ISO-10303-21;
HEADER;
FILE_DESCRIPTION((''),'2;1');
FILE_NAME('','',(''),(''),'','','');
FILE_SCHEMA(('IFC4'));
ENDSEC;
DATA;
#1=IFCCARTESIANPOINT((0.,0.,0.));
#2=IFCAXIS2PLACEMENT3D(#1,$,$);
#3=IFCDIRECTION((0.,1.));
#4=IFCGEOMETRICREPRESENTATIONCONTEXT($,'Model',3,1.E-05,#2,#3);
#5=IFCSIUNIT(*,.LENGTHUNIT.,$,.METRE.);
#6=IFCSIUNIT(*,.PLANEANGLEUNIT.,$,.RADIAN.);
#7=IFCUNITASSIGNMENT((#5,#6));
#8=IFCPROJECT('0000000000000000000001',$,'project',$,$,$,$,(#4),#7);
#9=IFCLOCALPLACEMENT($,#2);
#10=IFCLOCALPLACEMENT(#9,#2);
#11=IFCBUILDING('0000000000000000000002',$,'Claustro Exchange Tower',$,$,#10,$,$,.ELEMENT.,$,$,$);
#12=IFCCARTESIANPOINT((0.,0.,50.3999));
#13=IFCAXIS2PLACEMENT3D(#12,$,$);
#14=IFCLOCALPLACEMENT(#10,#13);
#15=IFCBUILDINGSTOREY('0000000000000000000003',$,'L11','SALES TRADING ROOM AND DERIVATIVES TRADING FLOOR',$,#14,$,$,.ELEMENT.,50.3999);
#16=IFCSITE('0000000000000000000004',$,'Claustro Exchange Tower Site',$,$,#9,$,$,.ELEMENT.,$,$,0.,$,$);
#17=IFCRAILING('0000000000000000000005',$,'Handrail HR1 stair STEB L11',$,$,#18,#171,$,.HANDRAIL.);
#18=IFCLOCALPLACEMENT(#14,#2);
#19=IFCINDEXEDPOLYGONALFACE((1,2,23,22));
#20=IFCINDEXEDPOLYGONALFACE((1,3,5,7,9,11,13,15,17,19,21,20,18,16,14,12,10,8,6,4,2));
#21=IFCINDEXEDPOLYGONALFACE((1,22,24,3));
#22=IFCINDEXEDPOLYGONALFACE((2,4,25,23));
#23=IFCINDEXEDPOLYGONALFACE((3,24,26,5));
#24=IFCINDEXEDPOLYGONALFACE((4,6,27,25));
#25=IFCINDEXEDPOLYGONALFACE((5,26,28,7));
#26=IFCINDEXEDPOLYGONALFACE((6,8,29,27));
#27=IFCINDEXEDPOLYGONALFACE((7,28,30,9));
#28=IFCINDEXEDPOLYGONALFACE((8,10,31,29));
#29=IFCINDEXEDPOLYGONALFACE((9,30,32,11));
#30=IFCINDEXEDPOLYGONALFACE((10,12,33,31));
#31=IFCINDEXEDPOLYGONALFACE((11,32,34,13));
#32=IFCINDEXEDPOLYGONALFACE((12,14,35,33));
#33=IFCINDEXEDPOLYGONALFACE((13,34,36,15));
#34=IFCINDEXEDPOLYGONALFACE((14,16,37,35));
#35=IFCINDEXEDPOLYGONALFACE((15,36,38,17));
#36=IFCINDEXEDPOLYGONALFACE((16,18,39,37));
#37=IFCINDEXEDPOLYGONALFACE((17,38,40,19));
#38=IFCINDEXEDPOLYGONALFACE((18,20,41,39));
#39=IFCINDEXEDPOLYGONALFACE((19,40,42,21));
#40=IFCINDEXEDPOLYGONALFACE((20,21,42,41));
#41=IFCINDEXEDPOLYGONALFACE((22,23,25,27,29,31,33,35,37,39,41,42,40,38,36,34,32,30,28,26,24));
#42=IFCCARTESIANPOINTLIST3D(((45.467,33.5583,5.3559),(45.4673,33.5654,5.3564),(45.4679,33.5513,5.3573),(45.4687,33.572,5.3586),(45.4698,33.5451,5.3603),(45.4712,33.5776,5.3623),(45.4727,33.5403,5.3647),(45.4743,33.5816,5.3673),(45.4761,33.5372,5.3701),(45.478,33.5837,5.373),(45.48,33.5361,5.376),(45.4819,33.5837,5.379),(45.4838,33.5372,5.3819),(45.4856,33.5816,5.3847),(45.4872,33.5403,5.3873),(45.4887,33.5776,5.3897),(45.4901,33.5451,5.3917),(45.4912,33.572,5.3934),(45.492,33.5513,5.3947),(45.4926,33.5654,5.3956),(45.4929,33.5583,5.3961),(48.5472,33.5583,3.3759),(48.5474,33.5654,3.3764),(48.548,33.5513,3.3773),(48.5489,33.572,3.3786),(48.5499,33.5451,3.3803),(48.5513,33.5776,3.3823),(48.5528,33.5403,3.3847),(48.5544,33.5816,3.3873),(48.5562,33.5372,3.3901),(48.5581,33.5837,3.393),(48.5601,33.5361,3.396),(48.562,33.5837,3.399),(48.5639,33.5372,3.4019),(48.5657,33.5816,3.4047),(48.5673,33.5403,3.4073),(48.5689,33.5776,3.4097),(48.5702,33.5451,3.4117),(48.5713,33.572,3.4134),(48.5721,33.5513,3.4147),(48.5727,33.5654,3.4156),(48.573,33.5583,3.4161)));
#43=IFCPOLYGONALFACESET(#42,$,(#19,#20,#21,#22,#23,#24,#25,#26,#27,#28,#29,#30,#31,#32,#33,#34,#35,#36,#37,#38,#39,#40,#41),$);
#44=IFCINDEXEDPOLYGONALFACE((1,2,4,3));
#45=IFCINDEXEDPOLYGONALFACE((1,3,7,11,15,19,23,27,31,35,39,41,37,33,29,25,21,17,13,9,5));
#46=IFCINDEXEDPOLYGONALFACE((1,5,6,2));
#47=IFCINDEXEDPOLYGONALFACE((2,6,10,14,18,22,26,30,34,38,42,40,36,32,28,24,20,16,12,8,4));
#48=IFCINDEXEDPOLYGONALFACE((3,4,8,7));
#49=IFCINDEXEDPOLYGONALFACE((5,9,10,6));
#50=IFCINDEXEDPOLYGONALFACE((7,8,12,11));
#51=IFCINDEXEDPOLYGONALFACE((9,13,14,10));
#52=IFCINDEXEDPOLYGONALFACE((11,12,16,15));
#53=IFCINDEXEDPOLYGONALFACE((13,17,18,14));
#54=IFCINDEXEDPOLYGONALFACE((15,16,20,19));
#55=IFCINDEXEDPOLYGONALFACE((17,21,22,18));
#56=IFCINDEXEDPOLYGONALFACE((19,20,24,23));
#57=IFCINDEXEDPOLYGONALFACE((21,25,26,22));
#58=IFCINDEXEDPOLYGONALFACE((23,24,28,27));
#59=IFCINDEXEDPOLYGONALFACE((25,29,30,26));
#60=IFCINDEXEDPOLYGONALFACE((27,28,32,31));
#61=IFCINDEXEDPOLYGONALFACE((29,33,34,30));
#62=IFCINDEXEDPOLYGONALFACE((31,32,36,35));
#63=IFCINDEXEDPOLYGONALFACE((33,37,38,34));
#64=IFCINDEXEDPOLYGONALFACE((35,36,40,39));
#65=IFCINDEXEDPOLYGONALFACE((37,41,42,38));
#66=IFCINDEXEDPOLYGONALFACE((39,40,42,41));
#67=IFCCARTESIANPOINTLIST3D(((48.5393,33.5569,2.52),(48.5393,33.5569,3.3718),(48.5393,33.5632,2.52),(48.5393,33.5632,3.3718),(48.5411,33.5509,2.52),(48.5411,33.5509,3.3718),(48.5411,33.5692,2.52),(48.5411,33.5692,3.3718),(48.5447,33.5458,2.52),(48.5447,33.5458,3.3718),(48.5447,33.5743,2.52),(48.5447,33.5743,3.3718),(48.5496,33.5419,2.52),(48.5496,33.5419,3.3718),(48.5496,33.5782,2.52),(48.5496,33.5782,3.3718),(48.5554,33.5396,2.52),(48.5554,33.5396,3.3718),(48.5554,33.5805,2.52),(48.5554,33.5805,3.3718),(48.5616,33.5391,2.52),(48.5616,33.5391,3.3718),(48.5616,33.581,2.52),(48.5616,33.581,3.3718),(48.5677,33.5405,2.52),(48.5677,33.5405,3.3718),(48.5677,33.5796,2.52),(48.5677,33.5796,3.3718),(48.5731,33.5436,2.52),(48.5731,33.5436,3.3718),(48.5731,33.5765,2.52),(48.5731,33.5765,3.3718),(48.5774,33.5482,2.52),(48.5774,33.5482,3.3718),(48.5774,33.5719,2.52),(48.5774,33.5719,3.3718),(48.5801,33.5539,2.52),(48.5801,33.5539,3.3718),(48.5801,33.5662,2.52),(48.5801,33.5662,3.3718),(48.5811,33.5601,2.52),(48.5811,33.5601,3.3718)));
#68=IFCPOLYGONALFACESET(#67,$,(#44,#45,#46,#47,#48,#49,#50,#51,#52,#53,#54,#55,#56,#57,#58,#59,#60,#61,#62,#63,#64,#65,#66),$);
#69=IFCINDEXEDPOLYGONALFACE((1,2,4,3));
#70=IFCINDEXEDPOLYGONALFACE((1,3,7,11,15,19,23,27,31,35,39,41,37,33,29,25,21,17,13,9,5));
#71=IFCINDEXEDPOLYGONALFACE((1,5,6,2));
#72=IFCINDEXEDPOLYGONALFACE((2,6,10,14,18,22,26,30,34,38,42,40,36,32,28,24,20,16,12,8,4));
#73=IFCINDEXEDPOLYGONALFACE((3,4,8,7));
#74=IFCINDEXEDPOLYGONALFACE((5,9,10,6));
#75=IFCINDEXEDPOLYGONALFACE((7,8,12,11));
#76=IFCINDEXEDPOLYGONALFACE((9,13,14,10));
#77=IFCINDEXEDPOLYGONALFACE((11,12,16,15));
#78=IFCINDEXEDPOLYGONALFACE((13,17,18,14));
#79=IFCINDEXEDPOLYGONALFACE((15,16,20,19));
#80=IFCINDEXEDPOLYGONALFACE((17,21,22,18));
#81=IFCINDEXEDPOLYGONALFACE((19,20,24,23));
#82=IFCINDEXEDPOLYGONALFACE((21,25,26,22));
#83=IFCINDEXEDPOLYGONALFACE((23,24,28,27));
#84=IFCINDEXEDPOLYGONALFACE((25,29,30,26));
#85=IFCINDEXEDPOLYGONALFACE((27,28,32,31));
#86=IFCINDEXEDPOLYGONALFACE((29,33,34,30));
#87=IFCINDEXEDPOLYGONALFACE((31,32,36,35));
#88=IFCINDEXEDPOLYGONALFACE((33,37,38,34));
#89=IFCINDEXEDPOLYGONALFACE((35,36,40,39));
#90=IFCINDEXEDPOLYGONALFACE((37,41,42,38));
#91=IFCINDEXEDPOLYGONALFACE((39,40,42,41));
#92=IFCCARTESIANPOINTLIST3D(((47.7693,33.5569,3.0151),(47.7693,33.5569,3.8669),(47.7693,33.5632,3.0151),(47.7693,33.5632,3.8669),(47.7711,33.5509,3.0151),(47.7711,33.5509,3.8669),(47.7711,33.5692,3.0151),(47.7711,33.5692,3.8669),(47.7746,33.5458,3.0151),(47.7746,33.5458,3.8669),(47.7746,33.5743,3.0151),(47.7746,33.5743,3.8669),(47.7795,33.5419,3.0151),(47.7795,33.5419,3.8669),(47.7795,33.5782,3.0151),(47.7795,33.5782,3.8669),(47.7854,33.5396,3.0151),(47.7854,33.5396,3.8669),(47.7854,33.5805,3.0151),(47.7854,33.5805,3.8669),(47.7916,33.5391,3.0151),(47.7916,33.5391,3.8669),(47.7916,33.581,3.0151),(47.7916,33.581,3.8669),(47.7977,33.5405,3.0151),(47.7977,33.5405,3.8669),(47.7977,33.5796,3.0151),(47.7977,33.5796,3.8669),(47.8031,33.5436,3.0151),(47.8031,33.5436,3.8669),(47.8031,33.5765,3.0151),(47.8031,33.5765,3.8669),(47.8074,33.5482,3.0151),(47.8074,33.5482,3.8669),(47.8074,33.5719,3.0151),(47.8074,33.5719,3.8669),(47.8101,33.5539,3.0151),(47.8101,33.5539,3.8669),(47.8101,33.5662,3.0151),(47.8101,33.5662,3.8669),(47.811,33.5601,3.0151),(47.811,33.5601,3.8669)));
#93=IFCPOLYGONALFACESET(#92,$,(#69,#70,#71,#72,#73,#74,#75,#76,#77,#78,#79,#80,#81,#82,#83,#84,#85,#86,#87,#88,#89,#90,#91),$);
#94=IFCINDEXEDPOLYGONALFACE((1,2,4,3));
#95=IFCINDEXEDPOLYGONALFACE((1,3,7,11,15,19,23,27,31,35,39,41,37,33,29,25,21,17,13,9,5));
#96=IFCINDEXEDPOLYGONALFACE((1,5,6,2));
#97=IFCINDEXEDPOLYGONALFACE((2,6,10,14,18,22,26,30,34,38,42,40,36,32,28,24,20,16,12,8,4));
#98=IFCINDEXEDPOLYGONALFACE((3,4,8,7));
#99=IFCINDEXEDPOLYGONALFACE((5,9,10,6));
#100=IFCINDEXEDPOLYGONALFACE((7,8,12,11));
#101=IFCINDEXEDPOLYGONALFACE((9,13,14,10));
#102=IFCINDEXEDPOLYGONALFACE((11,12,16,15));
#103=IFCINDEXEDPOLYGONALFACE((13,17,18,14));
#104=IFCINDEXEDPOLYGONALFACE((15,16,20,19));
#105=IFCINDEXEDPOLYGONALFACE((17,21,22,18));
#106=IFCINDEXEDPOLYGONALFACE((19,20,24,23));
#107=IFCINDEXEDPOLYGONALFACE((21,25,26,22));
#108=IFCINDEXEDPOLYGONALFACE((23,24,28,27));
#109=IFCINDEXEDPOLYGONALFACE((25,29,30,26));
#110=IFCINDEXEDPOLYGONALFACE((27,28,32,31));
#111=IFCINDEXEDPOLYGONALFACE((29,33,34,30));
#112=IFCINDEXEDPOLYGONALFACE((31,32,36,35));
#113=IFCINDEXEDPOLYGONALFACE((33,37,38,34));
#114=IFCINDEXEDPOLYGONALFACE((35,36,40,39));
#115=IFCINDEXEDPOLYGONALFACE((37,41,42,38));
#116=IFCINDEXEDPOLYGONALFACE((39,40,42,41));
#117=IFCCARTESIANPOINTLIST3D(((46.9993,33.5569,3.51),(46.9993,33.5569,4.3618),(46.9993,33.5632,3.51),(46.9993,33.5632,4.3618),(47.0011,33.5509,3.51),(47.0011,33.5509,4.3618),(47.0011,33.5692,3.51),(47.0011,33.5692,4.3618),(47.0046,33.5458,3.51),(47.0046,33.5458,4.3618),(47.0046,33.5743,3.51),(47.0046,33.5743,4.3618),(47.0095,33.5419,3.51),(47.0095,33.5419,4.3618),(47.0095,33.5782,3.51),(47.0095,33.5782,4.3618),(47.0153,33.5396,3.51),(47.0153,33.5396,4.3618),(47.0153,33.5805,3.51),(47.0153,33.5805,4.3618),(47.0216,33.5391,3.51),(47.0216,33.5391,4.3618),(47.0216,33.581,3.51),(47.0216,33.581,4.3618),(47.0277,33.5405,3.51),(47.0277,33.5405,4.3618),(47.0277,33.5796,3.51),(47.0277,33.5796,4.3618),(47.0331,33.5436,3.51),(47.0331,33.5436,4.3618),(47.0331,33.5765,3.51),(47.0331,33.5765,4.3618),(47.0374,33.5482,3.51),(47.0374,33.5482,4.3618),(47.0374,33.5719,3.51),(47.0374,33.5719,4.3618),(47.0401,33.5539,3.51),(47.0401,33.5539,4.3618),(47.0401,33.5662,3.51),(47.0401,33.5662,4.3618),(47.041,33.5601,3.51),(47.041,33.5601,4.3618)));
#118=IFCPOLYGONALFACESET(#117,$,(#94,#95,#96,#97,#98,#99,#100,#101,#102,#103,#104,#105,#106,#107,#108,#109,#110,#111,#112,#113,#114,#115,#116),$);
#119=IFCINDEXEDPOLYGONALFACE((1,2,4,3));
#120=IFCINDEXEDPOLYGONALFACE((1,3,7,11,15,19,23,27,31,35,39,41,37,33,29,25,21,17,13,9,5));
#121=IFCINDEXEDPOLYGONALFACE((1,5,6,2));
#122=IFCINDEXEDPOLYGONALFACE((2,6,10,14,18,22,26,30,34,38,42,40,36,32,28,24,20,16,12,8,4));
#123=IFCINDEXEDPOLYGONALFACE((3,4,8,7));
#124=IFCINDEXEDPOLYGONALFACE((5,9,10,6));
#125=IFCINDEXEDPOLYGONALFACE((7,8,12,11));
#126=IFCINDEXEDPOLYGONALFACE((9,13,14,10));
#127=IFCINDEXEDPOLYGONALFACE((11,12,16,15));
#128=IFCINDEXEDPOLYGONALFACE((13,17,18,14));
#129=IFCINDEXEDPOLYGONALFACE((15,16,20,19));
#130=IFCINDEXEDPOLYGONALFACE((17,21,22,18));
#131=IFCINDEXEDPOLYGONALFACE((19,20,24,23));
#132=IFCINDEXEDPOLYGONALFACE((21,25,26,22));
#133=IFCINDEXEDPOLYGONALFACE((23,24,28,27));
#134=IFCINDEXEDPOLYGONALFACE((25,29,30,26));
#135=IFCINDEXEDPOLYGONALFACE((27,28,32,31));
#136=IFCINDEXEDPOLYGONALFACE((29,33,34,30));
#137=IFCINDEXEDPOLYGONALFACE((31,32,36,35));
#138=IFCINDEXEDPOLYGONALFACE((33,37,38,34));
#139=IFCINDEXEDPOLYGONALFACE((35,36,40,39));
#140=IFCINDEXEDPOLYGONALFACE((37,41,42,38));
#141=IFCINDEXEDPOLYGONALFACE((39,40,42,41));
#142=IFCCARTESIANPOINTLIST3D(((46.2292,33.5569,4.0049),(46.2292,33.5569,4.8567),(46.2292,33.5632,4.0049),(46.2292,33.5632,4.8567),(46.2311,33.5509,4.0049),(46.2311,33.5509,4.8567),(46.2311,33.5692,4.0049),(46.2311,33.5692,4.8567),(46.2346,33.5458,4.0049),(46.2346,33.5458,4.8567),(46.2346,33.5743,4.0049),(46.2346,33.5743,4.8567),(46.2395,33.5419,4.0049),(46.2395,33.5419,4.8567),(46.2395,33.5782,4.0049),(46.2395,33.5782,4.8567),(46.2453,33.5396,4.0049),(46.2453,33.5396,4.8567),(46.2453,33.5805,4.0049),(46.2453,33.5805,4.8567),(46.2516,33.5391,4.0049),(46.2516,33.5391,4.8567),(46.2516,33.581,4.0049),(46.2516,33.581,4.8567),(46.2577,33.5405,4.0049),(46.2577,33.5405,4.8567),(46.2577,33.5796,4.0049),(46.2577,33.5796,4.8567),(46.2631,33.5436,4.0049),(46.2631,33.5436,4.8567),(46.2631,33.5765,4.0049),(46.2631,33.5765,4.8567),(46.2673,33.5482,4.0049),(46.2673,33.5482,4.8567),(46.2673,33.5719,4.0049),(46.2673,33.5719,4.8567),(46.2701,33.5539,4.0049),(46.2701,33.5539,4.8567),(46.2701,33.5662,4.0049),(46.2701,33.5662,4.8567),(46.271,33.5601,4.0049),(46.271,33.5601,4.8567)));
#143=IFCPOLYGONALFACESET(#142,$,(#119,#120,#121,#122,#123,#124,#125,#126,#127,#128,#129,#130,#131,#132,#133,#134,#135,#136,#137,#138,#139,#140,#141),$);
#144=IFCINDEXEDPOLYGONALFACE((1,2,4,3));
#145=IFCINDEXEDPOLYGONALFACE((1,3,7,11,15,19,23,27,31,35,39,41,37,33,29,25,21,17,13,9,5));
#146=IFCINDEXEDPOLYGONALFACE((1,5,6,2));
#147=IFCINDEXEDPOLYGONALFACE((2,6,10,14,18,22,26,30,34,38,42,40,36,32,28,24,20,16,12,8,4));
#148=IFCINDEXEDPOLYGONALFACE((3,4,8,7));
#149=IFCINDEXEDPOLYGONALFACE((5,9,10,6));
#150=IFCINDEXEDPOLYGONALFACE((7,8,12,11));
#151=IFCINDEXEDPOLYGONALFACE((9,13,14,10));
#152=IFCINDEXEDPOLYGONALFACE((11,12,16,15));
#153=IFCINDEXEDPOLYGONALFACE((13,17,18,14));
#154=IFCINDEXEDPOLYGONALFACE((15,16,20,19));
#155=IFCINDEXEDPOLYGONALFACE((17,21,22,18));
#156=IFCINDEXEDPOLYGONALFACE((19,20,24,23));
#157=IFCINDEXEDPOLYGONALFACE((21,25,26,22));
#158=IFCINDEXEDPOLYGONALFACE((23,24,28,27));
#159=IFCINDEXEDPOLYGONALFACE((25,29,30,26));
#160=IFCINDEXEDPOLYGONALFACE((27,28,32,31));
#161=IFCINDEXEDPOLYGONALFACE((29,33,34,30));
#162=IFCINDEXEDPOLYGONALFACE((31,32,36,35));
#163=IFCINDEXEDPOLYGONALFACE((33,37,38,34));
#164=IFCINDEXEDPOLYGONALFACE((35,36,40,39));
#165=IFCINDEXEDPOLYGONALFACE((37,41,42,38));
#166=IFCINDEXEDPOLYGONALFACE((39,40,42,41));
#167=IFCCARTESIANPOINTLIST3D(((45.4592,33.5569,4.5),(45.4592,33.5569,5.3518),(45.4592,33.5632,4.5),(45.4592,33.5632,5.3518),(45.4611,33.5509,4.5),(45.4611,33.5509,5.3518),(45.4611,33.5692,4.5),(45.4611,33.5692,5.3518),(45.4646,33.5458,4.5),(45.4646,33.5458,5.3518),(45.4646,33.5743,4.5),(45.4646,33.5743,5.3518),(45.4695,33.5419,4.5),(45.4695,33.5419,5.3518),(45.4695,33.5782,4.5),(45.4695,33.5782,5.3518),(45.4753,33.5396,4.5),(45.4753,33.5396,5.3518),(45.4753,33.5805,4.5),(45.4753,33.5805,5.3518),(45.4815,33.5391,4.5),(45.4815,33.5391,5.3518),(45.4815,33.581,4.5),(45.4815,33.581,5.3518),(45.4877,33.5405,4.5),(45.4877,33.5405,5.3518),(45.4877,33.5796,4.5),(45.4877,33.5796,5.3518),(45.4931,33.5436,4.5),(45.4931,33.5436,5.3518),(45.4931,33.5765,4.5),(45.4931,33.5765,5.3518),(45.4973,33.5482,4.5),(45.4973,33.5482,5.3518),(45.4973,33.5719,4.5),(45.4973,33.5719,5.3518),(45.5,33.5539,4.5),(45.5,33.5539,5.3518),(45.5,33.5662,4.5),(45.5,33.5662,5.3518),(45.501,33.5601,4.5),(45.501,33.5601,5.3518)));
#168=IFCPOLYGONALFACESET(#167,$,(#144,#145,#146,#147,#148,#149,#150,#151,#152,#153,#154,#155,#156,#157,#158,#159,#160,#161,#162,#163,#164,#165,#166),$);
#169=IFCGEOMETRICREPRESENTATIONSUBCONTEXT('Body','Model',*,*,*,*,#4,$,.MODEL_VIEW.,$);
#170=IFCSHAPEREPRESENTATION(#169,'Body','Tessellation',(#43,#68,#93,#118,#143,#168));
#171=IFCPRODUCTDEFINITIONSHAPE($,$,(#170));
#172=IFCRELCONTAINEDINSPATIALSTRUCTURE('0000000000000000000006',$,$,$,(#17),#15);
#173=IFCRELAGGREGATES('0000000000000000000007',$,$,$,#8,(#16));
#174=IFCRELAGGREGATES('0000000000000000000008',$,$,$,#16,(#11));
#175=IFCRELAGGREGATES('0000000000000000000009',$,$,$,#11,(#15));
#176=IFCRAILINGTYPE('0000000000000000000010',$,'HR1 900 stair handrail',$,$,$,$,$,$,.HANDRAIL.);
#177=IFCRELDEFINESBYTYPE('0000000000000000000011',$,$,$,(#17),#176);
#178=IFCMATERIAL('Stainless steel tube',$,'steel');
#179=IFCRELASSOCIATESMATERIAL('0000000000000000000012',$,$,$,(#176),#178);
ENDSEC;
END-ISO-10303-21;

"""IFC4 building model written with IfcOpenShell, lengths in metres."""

from ifc_helpers import new_model, si_unit, direction, frame, origin, origin_2d, place, context, subcontext, project, spatial, circle, extrude, material, type_object, element, save


model = new_model("IFC4")

# Units and contexts
model_context = context("Model", 3, precision=1e-05, world=origin(), true_north=direction((0.0, 1.0)))
body_context = subcontext(model_context, "Body", "Model", "MODEL_VIEW")
ifc_project = project(units=[si_unit("LENGTHUNIT", "METRE"), si_unit("PLANEANGLEUNIT", "RADIAN")], contexts=[model_context])

# Site, building, storey
site_placement = place(None, origin())
site = spatial("IfcSite", under=ifc_project, at=site_placement, Name="Claustro Exchange Tower Site", CompositionType="ELEMENT", RefElevation=0.0)
building_placement = place(site_placement, origin())
building = spatial("IfcBuilding", under=site, at=building_placement, Name="Claustro Exchange Tower", CompositionType="ELEMENT")
storey_placement = place(building_placement, frame((0.0, 0.0, 50.3999)))
storey = spatial("IfcBuildingStorey", under=building, at=storey_placement, Name="L11", Description="SALES TRADING ROOM AND DERIVATIVES TRADING FLOOR", CompositionType="ELEMENT", Elevation=50.3999)

# Railing
ifc_material_1 = material(Name="Stainless steel tube", Category="steel")
railing_type_1 = type_object("IfcRailingType", Name="HR1 900 stair handrail", PredefinedType="HANDRAIL", material=ifc_material_1)
railing_1_placement = place(storey_placement, frame((48.5601, 33.5601, 2.52)))
element("IfcRailing", 1, at=railing_1_placement, inside=storey, type_object=railing_type_1, Name="Handrail HR1 stair STEB L11", PredefinedType="HANDRAIL", context=body_context, shape_type="SweptSolid", body=[
    extrude(circle(Radius=0.0239, at=origin_2d()), frame((0.0, 0.0, 0.876), z_axis=(-0.841187, 0.0, 0.540744), x_axis=(0.0, -1.0, 0.0)), (0.0, 0.0, 1.0), 3.6616),
    extrude(circle(Radius=0.021, at=origin_2d()), origin(), (0.0, 0.0, 1.0), 0.8518),
    extrude(circle(Radius=0.021, at=origin_2d()), frame((-0.77, 0.0, 0.4951)), (0.0, 0.0, 1.0), 0.8518),
    extrude(circle(Radius=0.021, at=origin_2d()), frame((-1.54, 0.0, 0.99)), (0.0, 0.0, 1.0), 0.8518),
    extrude(circle(Radius=0.021, at=origin_2d()), frame((-2.3101, 0.0, 1.4849)), (0.0, 0.0, 1.0), 0.8518),
    extrude(circle(Radius=0.021, at=origin_2d()), frame((-3.0801, 0.0, 1.98)), (0.0, 0.0, 1.0), 0.8518),
])

save(model, "model.ifc")
